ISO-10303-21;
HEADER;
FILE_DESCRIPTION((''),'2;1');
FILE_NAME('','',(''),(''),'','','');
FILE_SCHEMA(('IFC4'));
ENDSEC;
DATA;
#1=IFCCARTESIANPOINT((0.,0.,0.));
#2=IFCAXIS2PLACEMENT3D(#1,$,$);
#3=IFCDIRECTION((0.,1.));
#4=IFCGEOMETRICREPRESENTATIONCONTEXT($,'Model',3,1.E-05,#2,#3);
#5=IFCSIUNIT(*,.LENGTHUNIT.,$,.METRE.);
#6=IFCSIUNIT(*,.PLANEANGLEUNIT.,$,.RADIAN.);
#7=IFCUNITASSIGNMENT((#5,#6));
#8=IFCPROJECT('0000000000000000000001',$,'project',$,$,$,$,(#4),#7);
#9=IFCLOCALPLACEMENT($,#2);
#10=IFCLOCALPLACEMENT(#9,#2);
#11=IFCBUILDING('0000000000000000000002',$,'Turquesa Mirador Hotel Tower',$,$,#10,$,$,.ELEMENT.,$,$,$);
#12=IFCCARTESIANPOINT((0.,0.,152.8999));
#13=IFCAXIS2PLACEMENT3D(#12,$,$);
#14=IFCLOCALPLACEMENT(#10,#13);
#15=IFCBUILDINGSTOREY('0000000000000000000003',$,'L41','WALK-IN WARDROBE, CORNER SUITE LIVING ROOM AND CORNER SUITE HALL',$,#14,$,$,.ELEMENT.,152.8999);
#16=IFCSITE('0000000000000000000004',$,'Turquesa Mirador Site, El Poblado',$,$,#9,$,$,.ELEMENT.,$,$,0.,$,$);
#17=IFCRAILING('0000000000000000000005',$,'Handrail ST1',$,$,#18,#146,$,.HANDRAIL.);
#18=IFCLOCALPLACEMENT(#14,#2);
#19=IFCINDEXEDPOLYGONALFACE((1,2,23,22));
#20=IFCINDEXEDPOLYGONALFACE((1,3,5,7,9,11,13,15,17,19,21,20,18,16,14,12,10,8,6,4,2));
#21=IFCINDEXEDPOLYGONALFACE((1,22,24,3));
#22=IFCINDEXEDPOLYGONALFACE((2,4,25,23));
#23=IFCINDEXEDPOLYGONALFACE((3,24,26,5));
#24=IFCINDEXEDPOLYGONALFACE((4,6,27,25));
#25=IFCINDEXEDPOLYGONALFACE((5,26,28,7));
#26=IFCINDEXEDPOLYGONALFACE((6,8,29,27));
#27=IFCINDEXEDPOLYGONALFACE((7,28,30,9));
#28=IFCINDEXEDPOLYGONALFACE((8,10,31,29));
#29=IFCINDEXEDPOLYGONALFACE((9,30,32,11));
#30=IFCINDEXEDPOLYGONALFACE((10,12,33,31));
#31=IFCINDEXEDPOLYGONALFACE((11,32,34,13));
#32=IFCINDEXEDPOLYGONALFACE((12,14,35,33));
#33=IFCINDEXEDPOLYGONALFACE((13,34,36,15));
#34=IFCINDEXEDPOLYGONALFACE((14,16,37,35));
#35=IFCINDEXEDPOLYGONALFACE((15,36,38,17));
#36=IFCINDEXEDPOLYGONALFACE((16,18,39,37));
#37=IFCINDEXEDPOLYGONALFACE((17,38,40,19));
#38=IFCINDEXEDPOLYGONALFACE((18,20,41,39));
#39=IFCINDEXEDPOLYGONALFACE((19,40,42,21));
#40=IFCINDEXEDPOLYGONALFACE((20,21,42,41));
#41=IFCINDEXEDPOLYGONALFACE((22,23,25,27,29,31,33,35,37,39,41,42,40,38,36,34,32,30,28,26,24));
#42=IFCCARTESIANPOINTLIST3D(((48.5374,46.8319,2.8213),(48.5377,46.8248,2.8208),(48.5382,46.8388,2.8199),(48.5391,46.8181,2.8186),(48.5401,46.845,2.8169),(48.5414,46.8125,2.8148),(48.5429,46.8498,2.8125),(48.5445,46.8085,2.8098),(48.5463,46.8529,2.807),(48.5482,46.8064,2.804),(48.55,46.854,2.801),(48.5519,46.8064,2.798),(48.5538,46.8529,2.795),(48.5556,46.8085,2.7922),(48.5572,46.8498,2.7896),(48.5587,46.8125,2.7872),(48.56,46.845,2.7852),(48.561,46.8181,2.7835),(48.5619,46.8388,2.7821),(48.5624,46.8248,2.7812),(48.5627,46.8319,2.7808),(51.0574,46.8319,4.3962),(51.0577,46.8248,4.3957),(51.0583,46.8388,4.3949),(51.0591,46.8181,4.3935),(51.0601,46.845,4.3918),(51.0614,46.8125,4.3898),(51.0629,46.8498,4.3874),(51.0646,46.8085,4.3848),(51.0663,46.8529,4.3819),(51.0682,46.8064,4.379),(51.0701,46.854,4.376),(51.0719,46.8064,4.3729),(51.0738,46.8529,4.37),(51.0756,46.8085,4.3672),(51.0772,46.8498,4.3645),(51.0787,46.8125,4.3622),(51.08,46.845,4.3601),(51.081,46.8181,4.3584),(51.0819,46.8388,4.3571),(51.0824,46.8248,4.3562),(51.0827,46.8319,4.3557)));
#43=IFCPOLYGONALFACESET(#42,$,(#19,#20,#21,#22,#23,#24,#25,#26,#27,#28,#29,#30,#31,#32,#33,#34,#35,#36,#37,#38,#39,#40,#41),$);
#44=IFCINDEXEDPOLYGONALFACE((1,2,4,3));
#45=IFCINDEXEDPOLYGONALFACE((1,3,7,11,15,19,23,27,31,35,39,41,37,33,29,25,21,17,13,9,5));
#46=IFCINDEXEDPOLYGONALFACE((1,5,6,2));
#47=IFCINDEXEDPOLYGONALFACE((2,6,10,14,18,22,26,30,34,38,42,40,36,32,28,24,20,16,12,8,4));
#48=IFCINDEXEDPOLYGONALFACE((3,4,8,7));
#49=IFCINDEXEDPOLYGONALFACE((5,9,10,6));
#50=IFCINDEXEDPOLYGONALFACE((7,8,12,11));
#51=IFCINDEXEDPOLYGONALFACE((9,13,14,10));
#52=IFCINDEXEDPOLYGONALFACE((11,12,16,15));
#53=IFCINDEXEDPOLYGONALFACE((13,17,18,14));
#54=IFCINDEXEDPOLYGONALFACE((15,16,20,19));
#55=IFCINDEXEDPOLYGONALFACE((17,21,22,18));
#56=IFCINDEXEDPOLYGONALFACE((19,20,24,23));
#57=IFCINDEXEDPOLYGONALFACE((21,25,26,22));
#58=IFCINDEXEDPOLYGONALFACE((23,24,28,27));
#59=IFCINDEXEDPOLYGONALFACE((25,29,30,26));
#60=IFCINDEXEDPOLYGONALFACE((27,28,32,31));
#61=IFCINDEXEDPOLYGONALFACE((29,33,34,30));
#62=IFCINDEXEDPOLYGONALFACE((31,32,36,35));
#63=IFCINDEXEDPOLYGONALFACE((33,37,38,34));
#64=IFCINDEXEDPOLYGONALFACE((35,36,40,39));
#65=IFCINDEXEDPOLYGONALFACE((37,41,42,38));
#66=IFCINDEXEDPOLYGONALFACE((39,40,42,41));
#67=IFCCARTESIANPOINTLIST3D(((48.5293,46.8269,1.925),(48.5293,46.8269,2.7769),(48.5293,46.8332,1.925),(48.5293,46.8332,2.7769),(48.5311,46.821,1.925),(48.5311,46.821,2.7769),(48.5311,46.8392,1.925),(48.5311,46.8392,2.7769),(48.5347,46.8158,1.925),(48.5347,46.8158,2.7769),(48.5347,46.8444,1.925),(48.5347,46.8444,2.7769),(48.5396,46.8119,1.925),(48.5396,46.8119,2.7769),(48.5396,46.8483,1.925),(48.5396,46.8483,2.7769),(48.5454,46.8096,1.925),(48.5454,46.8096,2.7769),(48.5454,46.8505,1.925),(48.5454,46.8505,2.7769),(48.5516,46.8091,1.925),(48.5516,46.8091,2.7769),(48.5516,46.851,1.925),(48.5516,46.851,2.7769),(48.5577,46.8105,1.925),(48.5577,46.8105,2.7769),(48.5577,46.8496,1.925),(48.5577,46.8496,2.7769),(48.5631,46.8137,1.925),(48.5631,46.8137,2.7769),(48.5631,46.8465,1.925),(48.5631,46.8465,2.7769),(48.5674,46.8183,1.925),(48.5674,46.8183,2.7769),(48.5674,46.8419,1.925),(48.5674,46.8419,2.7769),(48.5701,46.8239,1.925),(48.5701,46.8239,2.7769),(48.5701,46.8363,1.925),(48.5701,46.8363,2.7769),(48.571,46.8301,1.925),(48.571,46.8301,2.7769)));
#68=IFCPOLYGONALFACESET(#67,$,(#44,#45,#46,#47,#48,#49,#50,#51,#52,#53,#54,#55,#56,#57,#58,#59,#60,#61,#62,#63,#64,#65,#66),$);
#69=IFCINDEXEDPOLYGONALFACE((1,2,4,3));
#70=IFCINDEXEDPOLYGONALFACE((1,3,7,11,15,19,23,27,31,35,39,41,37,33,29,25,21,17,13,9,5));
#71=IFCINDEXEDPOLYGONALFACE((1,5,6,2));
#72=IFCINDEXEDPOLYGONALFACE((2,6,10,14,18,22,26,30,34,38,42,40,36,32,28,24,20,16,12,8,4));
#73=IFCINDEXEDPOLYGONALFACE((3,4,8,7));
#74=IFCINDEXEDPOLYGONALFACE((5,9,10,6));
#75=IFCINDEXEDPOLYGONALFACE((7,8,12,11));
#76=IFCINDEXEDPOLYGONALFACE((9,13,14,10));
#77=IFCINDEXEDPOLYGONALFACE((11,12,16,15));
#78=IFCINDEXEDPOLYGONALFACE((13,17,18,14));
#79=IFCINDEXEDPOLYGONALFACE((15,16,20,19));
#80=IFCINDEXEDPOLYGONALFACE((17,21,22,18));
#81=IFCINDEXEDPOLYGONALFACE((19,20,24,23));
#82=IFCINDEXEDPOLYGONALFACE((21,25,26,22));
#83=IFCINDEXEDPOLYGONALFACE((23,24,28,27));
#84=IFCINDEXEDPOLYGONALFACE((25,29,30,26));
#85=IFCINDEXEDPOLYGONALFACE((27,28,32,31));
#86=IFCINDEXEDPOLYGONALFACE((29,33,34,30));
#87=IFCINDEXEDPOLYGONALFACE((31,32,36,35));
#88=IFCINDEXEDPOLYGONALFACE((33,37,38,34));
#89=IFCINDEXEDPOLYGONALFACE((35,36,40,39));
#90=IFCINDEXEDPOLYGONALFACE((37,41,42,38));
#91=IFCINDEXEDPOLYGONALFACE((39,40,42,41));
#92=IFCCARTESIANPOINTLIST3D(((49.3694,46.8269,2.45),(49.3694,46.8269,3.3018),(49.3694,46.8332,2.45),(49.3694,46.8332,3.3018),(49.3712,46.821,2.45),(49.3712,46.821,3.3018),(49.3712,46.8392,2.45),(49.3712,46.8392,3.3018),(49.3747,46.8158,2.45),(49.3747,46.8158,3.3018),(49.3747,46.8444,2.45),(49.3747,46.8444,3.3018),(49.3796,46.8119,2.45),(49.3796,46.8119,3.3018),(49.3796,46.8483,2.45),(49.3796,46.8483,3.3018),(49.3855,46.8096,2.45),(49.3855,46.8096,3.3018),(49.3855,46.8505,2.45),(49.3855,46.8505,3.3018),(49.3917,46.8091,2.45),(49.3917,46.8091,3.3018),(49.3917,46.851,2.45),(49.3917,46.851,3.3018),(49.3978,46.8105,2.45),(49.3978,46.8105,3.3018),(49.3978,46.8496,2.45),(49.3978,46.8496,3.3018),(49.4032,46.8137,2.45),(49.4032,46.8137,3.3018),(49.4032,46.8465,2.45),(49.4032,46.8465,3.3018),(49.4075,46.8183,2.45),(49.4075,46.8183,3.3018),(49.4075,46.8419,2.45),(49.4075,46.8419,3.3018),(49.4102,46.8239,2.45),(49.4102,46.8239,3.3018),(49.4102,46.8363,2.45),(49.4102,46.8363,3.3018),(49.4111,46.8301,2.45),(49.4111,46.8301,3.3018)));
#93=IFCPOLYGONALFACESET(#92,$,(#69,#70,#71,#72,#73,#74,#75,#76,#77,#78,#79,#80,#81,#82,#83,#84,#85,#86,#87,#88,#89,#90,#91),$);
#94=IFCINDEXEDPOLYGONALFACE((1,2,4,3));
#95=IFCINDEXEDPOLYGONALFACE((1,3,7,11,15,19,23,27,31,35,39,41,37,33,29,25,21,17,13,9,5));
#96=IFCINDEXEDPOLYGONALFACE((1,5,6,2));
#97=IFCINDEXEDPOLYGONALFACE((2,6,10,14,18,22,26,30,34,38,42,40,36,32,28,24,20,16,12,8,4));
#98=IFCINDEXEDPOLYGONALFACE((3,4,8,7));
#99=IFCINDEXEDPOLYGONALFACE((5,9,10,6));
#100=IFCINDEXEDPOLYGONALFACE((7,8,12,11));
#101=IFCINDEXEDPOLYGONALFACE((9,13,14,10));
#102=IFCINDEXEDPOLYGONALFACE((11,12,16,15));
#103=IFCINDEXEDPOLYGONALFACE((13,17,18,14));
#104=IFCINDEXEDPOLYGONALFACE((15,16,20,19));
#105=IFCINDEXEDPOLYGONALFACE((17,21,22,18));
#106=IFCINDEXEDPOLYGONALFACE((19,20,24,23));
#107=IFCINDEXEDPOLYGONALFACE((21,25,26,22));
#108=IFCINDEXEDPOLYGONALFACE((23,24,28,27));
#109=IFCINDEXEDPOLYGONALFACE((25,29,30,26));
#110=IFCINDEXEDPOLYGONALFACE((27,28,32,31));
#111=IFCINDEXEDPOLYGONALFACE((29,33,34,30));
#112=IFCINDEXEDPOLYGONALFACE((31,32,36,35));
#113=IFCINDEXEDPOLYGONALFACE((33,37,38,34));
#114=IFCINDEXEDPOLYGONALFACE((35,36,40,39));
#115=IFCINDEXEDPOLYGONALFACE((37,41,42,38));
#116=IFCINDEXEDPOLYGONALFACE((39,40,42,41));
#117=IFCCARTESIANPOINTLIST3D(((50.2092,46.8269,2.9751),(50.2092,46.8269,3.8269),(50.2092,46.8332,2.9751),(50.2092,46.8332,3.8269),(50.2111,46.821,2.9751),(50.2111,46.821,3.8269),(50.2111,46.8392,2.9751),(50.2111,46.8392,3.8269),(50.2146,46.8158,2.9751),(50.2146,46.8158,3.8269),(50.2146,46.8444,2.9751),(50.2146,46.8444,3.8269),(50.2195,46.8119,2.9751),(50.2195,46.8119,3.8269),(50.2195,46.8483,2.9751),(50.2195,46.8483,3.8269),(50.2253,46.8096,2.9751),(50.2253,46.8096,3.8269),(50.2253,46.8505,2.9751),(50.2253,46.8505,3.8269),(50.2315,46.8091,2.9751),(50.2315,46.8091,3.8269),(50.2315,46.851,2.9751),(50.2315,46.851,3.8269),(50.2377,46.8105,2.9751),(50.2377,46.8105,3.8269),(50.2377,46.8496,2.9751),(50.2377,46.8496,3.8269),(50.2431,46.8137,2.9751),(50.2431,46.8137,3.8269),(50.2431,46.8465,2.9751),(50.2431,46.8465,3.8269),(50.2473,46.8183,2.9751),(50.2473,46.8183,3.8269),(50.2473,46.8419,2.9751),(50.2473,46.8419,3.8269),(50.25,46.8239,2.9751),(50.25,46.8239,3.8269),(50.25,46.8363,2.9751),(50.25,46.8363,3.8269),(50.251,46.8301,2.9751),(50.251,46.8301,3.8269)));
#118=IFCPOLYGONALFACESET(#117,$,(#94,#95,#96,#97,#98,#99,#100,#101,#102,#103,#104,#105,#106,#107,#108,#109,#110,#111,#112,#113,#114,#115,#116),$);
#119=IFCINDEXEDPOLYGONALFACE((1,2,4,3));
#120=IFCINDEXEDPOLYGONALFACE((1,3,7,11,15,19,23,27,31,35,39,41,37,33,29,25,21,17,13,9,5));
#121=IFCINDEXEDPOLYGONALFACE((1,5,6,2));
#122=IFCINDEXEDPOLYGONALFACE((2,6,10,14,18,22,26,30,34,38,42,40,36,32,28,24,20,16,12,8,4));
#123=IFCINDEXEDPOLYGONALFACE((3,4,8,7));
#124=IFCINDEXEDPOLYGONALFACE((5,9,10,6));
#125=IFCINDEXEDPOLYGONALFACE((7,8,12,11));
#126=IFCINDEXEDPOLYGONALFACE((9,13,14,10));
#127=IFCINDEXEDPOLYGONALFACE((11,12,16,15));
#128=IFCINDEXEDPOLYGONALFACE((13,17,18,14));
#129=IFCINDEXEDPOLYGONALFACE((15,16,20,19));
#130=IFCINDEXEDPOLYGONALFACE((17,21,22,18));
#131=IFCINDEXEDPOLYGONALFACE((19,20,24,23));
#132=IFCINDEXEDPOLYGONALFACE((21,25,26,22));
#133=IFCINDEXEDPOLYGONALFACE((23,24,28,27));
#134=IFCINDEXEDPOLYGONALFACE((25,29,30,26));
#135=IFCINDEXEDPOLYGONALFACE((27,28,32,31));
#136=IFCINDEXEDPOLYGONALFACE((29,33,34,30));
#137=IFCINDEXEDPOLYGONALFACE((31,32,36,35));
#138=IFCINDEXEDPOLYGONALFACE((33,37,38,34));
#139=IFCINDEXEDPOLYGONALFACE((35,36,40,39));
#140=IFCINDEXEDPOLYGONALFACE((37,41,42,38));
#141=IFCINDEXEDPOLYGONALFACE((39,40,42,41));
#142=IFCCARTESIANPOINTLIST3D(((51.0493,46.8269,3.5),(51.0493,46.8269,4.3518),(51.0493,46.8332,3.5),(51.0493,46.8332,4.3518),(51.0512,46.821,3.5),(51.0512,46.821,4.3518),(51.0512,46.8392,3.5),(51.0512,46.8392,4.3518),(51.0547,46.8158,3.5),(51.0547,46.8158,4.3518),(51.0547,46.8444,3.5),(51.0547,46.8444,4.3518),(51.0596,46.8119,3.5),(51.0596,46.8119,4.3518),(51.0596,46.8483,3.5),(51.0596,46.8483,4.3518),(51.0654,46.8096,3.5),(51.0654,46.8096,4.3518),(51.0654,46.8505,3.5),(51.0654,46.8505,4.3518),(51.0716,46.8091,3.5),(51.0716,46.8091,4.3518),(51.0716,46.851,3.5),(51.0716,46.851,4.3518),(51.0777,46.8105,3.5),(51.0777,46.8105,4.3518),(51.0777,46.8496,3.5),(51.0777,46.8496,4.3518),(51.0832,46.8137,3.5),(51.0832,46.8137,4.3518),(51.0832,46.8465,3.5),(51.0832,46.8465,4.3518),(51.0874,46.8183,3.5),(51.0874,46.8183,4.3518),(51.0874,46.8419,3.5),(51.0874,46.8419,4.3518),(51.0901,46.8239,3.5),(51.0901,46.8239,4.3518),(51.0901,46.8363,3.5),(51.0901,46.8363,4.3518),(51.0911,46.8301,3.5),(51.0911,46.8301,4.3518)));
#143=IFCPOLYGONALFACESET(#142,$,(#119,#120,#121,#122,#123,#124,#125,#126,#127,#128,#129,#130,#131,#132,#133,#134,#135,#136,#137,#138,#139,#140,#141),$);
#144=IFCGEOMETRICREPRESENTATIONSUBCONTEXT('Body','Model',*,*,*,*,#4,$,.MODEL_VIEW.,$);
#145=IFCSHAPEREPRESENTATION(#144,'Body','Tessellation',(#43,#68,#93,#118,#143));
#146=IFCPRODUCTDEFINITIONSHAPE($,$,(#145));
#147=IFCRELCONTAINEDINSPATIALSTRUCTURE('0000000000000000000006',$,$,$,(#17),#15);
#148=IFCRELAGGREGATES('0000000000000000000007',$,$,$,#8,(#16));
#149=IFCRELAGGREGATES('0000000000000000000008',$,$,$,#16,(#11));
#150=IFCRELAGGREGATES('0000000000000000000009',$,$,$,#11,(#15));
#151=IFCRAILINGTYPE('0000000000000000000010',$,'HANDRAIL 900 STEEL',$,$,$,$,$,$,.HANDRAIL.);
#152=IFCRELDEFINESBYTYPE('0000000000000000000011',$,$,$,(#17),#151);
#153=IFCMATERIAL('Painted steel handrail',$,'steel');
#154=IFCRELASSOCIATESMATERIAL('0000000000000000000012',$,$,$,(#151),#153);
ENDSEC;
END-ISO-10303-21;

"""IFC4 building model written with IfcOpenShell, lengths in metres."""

from ifc_helpers import new_model, si_unit, direction, frame, origin, origin_2d, place, context, subcontext, project, spatial, circle, extrude, material, type_object, element, save


model = new_model("IFC4")

# Units and contexts
model_context = context("Model", 3, precision=1e-05, world=origin(), true_north=direction((0.0, 1.0)))
body_context = subcontext(model_context, "Body", "Model", "MODEL_VIEW")
ifc_project = project(units=[si_unit("LENGTHUNIT", "METRE"), si_unit("PLANEANGLEUNIT", "RADIAN")], contexts=[model_context])

# Site, building, storey
site_placement = place(None, origin())
site = spatial("IfcSite", under=ifc_project, at=site_placement, Name="Turquesa Mirador Site, El Poblado", CompositionType="ELEMENT", RefElevation=0.0)
building_placement = place(site_placement, origin())
building = spatial("IfcBuilding", under=site, at=building_placement, Name="Turquesa Mirador Hotel Tower", CompositionType="ELEMENT")
storey_placement = place(building_placement, frame((0.0, 0.0, 152.8999)))
storey = spatial("IfcBuildingStorey", under=building, at=storey_placement, Name="L41", Description="WALK-IN WARDROBE, CORNER SUITE LIVING ROOM AND CORNER SUITE HALL", CompositionType="ELEMENT", Elevation=152.8999)

# Railing
ifc_material_1 = material(Name="Painted steel handrail", Category="steel")
railing_type = type_object("IfcRailingType", Name="HANDRAIL 900 STEEL", PredefinedType="HANDRAIL", material=ifc_material_1)
for number, where, name in (
    (1, (48.55, 46.8301, 1.925), "Handrail ST1"),
):
    element("IfcRailing", number, at=place(storey_placement, frame(where)), inside=storey, type_object=railing_type, Name=name, PredefinedType="HANDRAIL", context=body_context, shape_type="SweptSolid", body=[
        extrude(circle(Radius=0.0239, at=origin_2d()), frame((0.0, 0.0, 0.876), z_axis=(0.848008, 0.0, 0.529984), x_axis=(0.0, 1.0, 0.0)), (0.0, 0.0, 1.0), 2.9717),
        extrude(circle(Radius=0.021, at=origin_2d()), origin(), (0.0, 0.0, 1.0), 0.8518),
        extrude(circle(Radius=0.021, at=origin_2d()), frame((0.8401, 0.0, 0.5249)), (0.0, 0.0, 1.0), 0.8518),
        extrude(circle(Radius=0.021, at=origin_2d()), frame((1.6799, 0.0, 1.05)), (0.0, 0.0, 1.0), 0.8518),
        extrude(circle(Radius=0.021, at=origin_2d()), frame((2.52, 0.0, 1.575)), (0.0, 0.0, 1.0), 0.8518),
    ])

save(model, "model.ifc")
